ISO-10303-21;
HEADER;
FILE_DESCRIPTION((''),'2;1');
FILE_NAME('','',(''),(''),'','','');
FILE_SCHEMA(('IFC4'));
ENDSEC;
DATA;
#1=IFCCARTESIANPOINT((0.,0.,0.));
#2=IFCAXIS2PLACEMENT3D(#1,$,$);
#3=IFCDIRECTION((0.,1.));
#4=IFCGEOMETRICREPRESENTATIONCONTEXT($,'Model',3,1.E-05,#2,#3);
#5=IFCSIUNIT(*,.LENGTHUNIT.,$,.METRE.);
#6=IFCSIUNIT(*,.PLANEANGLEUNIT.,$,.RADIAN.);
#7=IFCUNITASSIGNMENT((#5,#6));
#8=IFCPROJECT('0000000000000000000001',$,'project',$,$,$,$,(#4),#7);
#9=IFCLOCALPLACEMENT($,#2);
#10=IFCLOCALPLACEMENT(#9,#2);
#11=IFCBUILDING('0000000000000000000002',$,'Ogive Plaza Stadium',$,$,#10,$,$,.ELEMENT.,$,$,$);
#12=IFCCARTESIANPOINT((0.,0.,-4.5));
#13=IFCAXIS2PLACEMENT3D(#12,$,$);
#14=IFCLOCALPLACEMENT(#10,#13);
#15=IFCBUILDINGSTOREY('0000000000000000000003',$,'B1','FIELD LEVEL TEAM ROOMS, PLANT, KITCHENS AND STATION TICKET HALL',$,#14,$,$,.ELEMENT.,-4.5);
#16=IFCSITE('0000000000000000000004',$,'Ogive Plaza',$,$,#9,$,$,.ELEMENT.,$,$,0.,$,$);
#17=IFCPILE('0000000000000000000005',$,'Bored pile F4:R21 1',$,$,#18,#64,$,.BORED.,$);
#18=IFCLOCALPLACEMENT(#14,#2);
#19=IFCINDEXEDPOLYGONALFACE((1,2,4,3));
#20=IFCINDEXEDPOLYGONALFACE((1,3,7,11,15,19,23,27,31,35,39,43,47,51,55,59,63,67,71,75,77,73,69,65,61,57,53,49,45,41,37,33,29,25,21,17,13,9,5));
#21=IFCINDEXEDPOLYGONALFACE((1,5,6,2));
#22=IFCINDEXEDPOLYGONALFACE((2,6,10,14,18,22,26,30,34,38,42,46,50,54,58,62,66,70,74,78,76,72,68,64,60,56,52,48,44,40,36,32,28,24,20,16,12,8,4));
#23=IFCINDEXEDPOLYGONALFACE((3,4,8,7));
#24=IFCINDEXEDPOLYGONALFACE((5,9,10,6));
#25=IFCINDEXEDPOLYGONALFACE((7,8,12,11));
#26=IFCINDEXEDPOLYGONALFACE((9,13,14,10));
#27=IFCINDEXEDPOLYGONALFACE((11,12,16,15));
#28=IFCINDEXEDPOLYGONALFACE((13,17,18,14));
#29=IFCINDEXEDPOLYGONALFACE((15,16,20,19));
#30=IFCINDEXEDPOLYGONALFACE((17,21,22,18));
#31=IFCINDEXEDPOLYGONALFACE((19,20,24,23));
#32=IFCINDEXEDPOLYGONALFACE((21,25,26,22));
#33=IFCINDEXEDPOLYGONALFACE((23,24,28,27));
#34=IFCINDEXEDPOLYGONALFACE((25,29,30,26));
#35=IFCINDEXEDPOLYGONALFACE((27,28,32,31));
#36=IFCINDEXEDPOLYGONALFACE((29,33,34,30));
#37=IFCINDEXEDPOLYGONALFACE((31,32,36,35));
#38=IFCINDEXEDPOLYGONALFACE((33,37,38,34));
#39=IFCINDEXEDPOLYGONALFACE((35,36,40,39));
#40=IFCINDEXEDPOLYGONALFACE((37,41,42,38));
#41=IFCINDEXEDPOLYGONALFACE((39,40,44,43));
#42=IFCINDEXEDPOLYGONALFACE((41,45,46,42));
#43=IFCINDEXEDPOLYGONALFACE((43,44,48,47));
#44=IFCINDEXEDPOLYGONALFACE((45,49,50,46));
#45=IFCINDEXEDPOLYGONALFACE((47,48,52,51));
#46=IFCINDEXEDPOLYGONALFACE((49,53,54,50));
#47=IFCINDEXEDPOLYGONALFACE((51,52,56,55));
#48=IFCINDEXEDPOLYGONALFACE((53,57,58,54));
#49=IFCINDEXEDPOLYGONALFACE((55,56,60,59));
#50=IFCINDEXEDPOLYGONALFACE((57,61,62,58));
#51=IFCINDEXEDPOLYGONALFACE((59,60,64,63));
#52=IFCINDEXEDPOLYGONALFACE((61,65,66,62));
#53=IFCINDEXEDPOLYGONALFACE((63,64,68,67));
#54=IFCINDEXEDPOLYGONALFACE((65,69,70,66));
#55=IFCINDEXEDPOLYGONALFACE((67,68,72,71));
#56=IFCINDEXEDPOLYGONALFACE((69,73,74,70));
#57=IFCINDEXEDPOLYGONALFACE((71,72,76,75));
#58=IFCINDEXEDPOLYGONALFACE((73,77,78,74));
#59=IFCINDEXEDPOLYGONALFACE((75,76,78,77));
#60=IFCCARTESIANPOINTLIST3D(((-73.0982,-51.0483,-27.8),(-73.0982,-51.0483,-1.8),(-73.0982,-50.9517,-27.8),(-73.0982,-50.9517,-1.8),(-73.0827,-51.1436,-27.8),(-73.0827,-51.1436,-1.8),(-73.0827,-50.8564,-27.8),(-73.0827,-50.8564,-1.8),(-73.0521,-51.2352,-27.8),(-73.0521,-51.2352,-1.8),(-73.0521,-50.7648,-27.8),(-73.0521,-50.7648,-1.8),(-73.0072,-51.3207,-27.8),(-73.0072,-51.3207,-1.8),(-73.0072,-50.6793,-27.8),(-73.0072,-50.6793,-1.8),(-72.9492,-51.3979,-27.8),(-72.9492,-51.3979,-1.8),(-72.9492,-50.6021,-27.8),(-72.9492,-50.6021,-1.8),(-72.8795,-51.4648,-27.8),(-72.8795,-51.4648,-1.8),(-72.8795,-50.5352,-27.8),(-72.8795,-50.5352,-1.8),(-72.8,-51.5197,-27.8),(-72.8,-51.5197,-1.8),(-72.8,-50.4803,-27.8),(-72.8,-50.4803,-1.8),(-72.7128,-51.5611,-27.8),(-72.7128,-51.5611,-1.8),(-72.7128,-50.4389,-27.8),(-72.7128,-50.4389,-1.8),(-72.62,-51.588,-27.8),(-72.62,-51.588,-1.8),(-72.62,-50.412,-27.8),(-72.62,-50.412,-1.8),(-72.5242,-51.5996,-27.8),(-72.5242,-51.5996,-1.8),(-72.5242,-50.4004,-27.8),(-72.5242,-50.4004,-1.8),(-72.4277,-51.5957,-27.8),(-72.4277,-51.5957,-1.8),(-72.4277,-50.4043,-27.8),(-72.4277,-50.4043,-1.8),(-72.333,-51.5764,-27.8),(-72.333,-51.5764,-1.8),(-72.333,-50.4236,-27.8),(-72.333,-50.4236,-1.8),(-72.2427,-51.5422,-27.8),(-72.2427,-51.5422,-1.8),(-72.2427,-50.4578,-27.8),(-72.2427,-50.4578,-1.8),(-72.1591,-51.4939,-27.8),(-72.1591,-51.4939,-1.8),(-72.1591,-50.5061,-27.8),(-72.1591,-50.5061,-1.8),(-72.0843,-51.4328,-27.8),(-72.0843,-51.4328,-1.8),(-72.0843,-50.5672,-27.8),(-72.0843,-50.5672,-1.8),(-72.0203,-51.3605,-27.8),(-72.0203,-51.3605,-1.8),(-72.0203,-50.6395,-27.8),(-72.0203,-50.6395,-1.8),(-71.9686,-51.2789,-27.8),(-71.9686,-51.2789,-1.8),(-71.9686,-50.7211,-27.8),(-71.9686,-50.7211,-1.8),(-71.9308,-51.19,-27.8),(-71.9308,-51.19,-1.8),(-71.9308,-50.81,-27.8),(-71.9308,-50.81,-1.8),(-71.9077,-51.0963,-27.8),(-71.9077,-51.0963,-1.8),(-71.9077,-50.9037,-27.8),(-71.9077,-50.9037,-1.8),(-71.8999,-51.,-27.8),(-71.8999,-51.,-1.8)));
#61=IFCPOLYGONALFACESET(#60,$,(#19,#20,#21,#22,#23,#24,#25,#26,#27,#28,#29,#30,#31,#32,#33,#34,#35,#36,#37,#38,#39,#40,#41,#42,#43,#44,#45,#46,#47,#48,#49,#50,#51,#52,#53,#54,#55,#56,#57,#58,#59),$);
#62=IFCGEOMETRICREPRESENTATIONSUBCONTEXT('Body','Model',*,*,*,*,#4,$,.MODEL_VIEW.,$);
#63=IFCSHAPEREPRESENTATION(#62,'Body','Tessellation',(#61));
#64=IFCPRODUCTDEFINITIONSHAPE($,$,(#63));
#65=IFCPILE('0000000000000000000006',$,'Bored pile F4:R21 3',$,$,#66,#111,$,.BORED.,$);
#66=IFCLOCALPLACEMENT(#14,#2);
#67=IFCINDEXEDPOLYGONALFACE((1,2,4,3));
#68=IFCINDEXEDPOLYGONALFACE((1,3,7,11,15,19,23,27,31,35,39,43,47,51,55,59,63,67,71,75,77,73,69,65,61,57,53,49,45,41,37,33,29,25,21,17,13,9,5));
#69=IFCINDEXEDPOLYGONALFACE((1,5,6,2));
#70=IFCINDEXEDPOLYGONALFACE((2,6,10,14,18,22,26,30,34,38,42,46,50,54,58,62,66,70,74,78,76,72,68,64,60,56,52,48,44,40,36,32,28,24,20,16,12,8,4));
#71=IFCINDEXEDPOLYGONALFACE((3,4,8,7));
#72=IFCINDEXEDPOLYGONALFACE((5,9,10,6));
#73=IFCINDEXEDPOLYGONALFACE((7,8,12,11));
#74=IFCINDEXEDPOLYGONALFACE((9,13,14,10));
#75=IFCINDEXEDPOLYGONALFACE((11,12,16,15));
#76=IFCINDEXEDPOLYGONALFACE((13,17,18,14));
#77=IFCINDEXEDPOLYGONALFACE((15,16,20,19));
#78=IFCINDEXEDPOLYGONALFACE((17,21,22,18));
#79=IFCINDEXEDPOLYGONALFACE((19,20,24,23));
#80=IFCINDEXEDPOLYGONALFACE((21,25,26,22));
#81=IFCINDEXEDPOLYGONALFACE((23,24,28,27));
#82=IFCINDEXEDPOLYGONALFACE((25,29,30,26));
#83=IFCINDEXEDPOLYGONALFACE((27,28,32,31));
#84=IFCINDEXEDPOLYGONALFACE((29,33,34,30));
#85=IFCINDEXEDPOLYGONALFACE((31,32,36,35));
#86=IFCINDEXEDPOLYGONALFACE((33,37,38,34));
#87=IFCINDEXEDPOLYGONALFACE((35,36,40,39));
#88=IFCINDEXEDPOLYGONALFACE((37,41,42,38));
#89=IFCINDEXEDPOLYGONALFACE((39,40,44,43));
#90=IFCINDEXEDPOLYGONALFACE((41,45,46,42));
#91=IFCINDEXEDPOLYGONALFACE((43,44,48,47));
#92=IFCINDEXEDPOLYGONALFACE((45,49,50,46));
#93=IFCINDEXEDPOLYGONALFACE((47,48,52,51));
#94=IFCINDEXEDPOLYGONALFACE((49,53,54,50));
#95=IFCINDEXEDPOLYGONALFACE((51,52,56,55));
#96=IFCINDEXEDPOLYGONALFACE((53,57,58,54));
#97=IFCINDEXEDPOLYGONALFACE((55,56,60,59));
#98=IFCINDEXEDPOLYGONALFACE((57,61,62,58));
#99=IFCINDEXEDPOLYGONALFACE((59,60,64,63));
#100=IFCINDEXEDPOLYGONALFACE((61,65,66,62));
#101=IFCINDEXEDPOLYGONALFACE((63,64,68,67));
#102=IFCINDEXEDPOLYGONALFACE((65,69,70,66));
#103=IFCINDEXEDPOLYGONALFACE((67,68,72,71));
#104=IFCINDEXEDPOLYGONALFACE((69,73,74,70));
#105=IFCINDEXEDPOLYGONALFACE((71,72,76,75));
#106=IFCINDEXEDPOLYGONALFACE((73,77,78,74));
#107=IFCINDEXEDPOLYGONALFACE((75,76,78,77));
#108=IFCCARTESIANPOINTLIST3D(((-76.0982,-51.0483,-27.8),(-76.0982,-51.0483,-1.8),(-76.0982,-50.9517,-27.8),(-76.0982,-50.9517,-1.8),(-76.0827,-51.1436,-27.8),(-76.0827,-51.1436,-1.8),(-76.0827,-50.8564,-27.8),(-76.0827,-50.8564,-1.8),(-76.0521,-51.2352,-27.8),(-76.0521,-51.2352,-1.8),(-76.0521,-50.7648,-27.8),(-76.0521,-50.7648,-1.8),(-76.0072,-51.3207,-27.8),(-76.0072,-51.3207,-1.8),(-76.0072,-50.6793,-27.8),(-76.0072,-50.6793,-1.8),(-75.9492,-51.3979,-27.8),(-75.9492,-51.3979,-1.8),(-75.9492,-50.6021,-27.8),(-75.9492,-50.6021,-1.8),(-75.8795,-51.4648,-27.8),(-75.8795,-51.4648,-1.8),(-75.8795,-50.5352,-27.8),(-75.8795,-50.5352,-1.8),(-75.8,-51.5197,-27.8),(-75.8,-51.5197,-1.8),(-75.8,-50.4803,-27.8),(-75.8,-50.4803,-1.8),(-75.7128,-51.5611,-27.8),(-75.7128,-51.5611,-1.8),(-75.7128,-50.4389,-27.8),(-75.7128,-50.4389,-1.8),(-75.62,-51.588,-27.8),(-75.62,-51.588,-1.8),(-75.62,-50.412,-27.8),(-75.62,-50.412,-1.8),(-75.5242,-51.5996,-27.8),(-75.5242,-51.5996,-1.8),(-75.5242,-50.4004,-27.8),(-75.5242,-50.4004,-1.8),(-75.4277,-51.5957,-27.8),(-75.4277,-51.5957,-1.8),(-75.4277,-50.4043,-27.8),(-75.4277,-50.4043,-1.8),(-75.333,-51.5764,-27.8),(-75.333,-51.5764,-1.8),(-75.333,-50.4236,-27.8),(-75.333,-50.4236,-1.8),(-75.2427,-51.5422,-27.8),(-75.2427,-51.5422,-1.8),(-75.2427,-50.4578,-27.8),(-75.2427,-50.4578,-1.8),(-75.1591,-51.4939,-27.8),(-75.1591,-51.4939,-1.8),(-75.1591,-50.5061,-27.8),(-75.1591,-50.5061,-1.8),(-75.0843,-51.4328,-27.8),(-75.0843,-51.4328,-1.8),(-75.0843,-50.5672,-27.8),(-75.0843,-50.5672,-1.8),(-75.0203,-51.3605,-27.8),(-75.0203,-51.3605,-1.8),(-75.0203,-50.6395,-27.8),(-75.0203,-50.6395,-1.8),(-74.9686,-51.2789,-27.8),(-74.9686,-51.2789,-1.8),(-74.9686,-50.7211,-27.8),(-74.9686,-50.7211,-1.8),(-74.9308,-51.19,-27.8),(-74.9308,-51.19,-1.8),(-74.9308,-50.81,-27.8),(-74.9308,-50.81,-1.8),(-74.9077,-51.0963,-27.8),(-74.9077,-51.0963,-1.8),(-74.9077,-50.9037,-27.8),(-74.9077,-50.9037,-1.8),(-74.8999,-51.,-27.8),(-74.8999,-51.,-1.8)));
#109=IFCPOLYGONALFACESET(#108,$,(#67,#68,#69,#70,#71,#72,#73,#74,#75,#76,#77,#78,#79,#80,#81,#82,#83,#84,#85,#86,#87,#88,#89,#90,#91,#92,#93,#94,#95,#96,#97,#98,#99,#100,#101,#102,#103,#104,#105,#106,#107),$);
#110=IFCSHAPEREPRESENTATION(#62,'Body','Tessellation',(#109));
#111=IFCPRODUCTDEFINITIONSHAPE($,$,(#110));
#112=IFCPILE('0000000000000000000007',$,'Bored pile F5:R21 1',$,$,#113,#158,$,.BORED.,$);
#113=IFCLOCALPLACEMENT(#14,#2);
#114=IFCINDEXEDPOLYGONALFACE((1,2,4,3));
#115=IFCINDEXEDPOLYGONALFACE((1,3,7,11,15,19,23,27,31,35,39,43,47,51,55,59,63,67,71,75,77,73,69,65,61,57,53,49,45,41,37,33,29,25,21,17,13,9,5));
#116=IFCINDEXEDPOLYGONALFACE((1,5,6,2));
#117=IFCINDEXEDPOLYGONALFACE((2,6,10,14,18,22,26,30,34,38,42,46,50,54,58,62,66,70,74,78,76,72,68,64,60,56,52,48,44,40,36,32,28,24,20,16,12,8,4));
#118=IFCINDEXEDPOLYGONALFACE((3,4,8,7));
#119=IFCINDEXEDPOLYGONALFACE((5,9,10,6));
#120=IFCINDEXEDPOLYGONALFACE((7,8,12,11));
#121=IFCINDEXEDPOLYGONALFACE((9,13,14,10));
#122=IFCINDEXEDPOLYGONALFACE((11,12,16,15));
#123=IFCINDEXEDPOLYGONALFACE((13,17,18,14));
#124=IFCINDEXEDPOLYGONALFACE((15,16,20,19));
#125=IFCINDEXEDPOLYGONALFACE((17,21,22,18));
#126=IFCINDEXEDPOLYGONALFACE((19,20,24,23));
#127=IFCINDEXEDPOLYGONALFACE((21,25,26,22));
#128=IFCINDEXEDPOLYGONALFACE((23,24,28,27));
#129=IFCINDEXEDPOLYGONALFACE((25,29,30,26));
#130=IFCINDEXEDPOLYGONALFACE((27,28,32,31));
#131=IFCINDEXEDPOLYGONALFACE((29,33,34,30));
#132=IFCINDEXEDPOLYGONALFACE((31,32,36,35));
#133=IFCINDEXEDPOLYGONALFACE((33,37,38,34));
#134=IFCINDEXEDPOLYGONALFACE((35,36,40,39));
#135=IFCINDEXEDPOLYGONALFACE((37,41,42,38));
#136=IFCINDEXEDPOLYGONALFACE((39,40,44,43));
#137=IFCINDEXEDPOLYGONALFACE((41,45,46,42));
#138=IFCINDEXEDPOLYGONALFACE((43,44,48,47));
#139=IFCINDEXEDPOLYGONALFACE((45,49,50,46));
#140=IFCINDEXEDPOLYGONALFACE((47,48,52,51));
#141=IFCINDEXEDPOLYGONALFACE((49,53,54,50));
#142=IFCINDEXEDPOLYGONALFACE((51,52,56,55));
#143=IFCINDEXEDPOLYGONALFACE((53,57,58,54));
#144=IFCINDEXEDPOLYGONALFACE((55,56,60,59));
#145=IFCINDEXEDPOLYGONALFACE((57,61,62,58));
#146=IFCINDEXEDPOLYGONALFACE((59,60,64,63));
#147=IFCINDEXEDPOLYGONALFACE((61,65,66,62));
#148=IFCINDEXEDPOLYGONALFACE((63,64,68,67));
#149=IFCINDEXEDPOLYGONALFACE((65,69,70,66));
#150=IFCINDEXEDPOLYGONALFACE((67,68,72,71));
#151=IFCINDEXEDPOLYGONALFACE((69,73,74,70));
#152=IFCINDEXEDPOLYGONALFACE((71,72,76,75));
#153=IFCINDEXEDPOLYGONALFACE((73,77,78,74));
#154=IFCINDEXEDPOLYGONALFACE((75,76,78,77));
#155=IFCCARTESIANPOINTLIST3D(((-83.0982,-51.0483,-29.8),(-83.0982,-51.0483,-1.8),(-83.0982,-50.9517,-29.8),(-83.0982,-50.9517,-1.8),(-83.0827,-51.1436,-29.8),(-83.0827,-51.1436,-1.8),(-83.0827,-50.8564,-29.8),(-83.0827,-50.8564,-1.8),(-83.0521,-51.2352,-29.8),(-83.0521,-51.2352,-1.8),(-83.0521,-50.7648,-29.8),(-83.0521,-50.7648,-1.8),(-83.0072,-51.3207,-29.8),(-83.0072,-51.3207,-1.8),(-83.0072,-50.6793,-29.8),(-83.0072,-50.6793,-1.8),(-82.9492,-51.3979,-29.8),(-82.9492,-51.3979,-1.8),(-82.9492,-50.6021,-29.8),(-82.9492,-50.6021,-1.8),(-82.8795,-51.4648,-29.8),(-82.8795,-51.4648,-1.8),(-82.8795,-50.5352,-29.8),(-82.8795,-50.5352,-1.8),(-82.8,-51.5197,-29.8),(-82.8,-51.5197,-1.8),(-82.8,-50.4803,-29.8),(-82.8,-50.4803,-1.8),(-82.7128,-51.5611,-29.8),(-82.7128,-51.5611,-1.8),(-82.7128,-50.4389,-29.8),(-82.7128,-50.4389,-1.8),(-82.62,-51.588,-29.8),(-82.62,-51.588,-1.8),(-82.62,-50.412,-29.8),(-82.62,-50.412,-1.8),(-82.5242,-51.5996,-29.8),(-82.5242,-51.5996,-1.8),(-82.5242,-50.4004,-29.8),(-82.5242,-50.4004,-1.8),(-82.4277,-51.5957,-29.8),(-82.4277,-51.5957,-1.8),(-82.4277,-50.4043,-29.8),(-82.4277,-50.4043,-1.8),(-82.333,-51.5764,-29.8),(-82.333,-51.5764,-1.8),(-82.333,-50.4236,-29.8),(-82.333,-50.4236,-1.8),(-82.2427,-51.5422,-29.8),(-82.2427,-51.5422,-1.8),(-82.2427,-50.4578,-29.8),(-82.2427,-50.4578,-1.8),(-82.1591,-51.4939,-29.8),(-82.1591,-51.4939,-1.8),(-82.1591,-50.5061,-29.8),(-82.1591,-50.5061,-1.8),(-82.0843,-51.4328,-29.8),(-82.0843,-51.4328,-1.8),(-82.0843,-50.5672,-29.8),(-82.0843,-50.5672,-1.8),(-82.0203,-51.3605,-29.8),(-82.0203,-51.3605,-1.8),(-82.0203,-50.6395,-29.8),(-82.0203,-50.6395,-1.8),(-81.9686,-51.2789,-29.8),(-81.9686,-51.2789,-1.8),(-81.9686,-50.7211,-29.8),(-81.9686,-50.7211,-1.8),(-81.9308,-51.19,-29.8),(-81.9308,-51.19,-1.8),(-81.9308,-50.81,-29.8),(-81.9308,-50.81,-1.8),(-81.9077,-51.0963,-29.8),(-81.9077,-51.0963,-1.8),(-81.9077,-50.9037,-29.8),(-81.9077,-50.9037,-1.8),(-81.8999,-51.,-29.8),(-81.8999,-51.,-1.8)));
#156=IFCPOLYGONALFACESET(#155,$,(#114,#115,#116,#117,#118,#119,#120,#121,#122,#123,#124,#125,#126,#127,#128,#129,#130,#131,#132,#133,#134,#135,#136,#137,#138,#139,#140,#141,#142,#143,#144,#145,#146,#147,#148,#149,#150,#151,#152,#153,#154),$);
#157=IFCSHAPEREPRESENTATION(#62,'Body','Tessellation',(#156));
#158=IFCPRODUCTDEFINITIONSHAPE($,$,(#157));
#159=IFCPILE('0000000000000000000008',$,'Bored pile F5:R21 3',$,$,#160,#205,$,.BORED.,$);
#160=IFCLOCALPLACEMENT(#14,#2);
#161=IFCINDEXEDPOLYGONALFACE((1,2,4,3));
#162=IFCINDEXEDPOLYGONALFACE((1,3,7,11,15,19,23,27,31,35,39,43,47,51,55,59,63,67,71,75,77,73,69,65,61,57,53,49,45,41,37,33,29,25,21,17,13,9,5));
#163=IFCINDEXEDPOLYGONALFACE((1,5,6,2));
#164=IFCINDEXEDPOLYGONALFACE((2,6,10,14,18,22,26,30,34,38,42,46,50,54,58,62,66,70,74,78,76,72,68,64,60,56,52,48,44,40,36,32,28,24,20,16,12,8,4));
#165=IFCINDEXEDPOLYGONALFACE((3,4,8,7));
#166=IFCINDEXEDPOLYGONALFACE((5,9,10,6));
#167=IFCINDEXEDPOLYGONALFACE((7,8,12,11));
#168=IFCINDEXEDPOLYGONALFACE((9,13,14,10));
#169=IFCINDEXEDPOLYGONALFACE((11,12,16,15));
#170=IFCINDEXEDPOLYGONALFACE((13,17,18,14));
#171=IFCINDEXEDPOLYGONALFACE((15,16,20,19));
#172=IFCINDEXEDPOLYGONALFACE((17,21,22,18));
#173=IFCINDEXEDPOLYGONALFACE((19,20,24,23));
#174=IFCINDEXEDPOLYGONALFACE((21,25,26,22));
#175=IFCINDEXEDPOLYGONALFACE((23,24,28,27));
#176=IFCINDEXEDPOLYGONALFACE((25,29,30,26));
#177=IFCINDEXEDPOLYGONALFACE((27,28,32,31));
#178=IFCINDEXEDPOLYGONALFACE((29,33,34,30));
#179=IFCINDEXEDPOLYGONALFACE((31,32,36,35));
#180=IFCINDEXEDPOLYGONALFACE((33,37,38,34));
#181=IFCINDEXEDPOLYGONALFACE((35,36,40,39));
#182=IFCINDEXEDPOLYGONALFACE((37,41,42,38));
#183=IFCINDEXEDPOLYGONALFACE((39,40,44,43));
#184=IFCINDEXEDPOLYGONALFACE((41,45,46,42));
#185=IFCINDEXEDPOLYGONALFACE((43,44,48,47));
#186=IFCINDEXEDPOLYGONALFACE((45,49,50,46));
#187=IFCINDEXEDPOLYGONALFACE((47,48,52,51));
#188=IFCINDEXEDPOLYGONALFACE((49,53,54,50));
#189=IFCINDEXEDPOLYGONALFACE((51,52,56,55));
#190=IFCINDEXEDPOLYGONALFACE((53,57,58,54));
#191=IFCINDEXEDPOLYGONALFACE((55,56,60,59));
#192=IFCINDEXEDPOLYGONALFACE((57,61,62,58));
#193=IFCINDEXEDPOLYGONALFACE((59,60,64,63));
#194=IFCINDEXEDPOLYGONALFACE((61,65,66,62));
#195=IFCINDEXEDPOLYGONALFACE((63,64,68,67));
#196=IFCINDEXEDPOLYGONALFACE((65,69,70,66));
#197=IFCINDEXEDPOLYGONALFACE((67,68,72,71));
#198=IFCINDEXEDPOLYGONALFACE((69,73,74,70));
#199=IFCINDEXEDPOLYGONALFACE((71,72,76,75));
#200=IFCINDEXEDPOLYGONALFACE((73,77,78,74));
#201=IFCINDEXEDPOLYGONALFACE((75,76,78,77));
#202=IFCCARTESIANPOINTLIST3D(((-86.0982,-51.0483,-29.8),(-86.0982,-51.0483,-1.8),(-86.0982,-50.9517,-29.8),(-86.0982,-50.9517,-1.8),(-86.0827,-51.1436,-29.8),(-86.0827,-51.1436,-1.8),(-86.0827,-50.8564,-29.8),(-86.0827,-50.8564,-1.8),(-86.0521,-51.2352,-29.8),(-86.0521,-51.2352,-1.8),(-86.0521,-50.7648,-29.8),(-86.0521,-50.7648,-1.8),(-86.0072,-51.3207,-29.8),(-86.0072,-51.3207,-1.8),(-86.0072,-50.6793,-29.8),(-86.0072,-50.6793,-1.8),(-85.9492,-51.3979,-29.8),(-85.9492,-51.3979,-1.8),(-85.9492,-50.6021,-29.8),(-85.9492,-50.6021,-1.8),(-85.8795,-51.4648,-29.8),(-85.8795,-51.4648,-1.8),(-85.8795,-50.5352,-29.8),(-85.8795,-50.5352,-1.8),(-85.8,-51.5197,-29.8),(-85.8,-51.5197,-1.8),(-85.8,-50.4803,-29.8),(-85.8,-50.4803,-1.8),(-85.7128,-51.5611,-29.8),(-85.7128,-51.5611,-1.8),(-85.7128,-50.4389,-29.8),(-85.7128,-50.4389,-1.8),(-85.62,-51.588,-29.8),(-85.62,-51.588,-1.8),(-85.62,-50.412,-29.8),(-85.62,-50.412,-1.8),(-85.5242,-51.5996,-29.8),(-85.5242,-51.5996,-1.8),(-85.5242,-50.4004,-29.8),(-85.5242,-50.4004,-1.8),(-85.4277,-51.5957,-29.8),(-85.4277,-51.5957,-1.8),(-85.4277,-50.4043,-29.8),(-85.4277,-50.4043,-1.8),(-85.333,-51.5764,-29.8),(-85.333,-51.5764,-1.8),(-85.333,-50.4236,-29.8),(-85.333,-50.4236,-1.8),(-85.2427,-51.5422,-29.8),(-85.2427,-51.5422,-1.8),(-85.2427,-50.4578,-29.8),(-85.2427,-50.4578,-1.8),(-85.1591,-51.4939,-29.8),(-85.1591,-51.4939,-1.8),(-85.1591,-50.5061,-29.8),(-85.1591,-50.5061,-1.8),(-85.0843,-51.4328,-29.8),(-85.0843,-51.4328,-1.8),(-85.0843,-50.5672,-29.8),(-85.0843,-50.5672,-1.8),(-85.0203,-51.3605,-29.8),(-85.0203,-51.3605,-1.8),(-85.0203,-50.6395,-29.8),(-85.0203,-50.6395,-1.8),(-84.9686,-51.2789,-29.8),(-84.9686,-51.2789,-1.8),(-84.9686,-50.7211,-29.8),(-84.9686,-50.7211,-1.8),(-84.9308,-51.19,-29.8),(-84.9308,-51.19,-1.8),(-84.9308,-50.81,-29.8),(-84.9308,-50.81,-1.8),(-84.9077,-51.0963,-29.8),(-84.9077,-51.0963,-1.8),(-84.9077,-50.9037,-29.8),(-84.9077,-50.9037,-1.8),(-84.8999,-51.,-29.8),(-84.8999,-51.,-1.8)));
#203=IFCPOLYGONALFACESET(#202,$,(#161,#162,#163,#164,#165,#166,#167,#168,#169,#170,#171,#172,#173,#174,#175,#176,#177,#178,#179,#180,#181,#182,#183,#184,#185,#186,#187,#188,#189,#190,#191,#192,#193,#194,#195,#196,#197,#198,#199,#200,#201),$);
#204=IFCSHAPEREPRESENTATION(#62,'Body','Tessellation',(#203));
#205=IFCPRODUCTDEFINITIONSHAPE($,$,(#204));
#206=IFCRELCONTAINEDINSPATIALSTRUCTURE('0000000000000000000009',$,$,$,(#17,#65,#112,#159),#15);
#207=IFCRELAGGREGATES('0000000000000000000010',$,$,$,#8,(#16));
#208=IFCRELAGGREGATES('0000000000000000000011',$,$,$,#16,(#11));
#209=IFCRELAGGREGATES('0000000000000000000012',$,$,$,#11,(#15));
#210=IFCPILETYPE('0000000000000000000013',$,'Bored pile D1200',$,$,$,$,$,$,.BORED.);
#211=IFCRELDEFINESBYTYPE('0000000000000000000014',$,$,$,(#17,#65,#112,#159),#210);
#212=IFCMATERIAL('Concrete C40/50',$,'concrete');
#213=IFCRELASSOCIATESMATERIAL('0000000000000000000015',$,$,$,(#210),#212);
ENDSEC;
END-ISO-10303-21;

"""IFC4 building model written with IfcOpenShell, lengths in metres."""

from ifc_helpers import new_model, si_unit, direction, frame, origin, origin_2d, place, context, subcontext, project, spatial, circle, extrude, material, material_profile, profile_set, type_object, element, save


model = new_model("IFC4")

# Units and contexts
model_context = context("Model", 3, precision=1e-05, world=origin(), true_north=direction((0.0, 1.0)))
body_context = subcontext(model_context, "Body", "Model", "MODEL_VIEW")
ifc_project = project(units=[si_unit("LENGTHUNIT", "METRE"), si_unit("PLANEANGLEUNIT", "RADIAN")], contexts=[model_context])

# Site, building, storey
site_placement = place(None, origin())
site = spatial("IfcSite", under=ifc_project, at=site_placement, Name="Ogive Plaza", CompositionType="ELEMENT", RefElevation=0.0)
building_placement = place(site_placement, origin())
building = spatial("IfcBuilding", under=site, at=building_placement, Name="Ogive Plaza Stadium", CompositionType="ELEMENT")
storey_placement = place(building_placement, frame((0.0, 0.0, -4.5)))
storey = spatial("IfcBuildingStorey", under=building, at=storey_placement, Name="B1", Description="FIELD LEVEL TEAM ROOMS, PLANT, KITCHENS AND STATION TICKET HALL", CompositionType="ELEMENT", Elevation=-4.5)

# Piles
ifc_material_1 = material(Name="Concrete C40/50", Category="concrete")
ifc_material_profile_1 = material_profile(ifc_material_1, circle(Radius=0.6001, at=origin_2d()), Name="RC D1200")
ifc_profile_set_1 = profile_set([ifc_material_profile_1], Name="Concrete C40/50")
pile_type_1 = type_object("IfcPileType", Name="Bored pile D1200", PredefinedType="BORED", material=ifc_profile_set_1)
for number, where, z_axis, x_axis, name in (
    (1, (-72.5, -51.0, -1.8), (0.0, 0.0, -1.0), (1.0, 0.0, 0.0), "Bored pile F4:R21 1"),
    (2, (-75.5, -51.0, -1.8), (0.0, 0.0, -1.0), (1.0, 0.0, 0.0), "Bored pile F4:R21 3"),
):
    element("IfcPile", number, at=place(storey_placement, frame(where, z_axis=z_axis, x_axis=x_axis)), inside=storey, type_object=pile_type_1, Name=name, PredefinedType="BORED", context=body_context, shape_type="SweptSolid", body=[
        extrude(circle(Radius=0.6001, at=origin_2d()), origin(), (0.0, 0.0, 1.0), 26.0),
    ])
for number, where, z_axis, x_axis, name in (
    (3, (-82.5, -51.0, -1.8), (0.0, 0.0, -1.0), (1.0, 0.0, 0.0), "Bored pile F5:R21 1"),
    (4, (-85.5, -51.0, -1.8), (0.0, 0.0, -1.0), (1.0, 0.0, 0.0), "Bored pile F5:R21 3"),
):
    element("IfcPile", number, at=place(storey_placement, frame(where, z_axis=z_axis, x_axis=x_axis)), inside=storey, type_object=pile_type_1, Name=name, PredefinedType="BORED", context=body_context, shape_type="SweptSolid", body=[
        extrude(circle(Radius=0.6001, at=origin_2d()), origin(), (0.0, 0.0, 1.0), 28.0),
    ])

save(model, "model.ifc")
